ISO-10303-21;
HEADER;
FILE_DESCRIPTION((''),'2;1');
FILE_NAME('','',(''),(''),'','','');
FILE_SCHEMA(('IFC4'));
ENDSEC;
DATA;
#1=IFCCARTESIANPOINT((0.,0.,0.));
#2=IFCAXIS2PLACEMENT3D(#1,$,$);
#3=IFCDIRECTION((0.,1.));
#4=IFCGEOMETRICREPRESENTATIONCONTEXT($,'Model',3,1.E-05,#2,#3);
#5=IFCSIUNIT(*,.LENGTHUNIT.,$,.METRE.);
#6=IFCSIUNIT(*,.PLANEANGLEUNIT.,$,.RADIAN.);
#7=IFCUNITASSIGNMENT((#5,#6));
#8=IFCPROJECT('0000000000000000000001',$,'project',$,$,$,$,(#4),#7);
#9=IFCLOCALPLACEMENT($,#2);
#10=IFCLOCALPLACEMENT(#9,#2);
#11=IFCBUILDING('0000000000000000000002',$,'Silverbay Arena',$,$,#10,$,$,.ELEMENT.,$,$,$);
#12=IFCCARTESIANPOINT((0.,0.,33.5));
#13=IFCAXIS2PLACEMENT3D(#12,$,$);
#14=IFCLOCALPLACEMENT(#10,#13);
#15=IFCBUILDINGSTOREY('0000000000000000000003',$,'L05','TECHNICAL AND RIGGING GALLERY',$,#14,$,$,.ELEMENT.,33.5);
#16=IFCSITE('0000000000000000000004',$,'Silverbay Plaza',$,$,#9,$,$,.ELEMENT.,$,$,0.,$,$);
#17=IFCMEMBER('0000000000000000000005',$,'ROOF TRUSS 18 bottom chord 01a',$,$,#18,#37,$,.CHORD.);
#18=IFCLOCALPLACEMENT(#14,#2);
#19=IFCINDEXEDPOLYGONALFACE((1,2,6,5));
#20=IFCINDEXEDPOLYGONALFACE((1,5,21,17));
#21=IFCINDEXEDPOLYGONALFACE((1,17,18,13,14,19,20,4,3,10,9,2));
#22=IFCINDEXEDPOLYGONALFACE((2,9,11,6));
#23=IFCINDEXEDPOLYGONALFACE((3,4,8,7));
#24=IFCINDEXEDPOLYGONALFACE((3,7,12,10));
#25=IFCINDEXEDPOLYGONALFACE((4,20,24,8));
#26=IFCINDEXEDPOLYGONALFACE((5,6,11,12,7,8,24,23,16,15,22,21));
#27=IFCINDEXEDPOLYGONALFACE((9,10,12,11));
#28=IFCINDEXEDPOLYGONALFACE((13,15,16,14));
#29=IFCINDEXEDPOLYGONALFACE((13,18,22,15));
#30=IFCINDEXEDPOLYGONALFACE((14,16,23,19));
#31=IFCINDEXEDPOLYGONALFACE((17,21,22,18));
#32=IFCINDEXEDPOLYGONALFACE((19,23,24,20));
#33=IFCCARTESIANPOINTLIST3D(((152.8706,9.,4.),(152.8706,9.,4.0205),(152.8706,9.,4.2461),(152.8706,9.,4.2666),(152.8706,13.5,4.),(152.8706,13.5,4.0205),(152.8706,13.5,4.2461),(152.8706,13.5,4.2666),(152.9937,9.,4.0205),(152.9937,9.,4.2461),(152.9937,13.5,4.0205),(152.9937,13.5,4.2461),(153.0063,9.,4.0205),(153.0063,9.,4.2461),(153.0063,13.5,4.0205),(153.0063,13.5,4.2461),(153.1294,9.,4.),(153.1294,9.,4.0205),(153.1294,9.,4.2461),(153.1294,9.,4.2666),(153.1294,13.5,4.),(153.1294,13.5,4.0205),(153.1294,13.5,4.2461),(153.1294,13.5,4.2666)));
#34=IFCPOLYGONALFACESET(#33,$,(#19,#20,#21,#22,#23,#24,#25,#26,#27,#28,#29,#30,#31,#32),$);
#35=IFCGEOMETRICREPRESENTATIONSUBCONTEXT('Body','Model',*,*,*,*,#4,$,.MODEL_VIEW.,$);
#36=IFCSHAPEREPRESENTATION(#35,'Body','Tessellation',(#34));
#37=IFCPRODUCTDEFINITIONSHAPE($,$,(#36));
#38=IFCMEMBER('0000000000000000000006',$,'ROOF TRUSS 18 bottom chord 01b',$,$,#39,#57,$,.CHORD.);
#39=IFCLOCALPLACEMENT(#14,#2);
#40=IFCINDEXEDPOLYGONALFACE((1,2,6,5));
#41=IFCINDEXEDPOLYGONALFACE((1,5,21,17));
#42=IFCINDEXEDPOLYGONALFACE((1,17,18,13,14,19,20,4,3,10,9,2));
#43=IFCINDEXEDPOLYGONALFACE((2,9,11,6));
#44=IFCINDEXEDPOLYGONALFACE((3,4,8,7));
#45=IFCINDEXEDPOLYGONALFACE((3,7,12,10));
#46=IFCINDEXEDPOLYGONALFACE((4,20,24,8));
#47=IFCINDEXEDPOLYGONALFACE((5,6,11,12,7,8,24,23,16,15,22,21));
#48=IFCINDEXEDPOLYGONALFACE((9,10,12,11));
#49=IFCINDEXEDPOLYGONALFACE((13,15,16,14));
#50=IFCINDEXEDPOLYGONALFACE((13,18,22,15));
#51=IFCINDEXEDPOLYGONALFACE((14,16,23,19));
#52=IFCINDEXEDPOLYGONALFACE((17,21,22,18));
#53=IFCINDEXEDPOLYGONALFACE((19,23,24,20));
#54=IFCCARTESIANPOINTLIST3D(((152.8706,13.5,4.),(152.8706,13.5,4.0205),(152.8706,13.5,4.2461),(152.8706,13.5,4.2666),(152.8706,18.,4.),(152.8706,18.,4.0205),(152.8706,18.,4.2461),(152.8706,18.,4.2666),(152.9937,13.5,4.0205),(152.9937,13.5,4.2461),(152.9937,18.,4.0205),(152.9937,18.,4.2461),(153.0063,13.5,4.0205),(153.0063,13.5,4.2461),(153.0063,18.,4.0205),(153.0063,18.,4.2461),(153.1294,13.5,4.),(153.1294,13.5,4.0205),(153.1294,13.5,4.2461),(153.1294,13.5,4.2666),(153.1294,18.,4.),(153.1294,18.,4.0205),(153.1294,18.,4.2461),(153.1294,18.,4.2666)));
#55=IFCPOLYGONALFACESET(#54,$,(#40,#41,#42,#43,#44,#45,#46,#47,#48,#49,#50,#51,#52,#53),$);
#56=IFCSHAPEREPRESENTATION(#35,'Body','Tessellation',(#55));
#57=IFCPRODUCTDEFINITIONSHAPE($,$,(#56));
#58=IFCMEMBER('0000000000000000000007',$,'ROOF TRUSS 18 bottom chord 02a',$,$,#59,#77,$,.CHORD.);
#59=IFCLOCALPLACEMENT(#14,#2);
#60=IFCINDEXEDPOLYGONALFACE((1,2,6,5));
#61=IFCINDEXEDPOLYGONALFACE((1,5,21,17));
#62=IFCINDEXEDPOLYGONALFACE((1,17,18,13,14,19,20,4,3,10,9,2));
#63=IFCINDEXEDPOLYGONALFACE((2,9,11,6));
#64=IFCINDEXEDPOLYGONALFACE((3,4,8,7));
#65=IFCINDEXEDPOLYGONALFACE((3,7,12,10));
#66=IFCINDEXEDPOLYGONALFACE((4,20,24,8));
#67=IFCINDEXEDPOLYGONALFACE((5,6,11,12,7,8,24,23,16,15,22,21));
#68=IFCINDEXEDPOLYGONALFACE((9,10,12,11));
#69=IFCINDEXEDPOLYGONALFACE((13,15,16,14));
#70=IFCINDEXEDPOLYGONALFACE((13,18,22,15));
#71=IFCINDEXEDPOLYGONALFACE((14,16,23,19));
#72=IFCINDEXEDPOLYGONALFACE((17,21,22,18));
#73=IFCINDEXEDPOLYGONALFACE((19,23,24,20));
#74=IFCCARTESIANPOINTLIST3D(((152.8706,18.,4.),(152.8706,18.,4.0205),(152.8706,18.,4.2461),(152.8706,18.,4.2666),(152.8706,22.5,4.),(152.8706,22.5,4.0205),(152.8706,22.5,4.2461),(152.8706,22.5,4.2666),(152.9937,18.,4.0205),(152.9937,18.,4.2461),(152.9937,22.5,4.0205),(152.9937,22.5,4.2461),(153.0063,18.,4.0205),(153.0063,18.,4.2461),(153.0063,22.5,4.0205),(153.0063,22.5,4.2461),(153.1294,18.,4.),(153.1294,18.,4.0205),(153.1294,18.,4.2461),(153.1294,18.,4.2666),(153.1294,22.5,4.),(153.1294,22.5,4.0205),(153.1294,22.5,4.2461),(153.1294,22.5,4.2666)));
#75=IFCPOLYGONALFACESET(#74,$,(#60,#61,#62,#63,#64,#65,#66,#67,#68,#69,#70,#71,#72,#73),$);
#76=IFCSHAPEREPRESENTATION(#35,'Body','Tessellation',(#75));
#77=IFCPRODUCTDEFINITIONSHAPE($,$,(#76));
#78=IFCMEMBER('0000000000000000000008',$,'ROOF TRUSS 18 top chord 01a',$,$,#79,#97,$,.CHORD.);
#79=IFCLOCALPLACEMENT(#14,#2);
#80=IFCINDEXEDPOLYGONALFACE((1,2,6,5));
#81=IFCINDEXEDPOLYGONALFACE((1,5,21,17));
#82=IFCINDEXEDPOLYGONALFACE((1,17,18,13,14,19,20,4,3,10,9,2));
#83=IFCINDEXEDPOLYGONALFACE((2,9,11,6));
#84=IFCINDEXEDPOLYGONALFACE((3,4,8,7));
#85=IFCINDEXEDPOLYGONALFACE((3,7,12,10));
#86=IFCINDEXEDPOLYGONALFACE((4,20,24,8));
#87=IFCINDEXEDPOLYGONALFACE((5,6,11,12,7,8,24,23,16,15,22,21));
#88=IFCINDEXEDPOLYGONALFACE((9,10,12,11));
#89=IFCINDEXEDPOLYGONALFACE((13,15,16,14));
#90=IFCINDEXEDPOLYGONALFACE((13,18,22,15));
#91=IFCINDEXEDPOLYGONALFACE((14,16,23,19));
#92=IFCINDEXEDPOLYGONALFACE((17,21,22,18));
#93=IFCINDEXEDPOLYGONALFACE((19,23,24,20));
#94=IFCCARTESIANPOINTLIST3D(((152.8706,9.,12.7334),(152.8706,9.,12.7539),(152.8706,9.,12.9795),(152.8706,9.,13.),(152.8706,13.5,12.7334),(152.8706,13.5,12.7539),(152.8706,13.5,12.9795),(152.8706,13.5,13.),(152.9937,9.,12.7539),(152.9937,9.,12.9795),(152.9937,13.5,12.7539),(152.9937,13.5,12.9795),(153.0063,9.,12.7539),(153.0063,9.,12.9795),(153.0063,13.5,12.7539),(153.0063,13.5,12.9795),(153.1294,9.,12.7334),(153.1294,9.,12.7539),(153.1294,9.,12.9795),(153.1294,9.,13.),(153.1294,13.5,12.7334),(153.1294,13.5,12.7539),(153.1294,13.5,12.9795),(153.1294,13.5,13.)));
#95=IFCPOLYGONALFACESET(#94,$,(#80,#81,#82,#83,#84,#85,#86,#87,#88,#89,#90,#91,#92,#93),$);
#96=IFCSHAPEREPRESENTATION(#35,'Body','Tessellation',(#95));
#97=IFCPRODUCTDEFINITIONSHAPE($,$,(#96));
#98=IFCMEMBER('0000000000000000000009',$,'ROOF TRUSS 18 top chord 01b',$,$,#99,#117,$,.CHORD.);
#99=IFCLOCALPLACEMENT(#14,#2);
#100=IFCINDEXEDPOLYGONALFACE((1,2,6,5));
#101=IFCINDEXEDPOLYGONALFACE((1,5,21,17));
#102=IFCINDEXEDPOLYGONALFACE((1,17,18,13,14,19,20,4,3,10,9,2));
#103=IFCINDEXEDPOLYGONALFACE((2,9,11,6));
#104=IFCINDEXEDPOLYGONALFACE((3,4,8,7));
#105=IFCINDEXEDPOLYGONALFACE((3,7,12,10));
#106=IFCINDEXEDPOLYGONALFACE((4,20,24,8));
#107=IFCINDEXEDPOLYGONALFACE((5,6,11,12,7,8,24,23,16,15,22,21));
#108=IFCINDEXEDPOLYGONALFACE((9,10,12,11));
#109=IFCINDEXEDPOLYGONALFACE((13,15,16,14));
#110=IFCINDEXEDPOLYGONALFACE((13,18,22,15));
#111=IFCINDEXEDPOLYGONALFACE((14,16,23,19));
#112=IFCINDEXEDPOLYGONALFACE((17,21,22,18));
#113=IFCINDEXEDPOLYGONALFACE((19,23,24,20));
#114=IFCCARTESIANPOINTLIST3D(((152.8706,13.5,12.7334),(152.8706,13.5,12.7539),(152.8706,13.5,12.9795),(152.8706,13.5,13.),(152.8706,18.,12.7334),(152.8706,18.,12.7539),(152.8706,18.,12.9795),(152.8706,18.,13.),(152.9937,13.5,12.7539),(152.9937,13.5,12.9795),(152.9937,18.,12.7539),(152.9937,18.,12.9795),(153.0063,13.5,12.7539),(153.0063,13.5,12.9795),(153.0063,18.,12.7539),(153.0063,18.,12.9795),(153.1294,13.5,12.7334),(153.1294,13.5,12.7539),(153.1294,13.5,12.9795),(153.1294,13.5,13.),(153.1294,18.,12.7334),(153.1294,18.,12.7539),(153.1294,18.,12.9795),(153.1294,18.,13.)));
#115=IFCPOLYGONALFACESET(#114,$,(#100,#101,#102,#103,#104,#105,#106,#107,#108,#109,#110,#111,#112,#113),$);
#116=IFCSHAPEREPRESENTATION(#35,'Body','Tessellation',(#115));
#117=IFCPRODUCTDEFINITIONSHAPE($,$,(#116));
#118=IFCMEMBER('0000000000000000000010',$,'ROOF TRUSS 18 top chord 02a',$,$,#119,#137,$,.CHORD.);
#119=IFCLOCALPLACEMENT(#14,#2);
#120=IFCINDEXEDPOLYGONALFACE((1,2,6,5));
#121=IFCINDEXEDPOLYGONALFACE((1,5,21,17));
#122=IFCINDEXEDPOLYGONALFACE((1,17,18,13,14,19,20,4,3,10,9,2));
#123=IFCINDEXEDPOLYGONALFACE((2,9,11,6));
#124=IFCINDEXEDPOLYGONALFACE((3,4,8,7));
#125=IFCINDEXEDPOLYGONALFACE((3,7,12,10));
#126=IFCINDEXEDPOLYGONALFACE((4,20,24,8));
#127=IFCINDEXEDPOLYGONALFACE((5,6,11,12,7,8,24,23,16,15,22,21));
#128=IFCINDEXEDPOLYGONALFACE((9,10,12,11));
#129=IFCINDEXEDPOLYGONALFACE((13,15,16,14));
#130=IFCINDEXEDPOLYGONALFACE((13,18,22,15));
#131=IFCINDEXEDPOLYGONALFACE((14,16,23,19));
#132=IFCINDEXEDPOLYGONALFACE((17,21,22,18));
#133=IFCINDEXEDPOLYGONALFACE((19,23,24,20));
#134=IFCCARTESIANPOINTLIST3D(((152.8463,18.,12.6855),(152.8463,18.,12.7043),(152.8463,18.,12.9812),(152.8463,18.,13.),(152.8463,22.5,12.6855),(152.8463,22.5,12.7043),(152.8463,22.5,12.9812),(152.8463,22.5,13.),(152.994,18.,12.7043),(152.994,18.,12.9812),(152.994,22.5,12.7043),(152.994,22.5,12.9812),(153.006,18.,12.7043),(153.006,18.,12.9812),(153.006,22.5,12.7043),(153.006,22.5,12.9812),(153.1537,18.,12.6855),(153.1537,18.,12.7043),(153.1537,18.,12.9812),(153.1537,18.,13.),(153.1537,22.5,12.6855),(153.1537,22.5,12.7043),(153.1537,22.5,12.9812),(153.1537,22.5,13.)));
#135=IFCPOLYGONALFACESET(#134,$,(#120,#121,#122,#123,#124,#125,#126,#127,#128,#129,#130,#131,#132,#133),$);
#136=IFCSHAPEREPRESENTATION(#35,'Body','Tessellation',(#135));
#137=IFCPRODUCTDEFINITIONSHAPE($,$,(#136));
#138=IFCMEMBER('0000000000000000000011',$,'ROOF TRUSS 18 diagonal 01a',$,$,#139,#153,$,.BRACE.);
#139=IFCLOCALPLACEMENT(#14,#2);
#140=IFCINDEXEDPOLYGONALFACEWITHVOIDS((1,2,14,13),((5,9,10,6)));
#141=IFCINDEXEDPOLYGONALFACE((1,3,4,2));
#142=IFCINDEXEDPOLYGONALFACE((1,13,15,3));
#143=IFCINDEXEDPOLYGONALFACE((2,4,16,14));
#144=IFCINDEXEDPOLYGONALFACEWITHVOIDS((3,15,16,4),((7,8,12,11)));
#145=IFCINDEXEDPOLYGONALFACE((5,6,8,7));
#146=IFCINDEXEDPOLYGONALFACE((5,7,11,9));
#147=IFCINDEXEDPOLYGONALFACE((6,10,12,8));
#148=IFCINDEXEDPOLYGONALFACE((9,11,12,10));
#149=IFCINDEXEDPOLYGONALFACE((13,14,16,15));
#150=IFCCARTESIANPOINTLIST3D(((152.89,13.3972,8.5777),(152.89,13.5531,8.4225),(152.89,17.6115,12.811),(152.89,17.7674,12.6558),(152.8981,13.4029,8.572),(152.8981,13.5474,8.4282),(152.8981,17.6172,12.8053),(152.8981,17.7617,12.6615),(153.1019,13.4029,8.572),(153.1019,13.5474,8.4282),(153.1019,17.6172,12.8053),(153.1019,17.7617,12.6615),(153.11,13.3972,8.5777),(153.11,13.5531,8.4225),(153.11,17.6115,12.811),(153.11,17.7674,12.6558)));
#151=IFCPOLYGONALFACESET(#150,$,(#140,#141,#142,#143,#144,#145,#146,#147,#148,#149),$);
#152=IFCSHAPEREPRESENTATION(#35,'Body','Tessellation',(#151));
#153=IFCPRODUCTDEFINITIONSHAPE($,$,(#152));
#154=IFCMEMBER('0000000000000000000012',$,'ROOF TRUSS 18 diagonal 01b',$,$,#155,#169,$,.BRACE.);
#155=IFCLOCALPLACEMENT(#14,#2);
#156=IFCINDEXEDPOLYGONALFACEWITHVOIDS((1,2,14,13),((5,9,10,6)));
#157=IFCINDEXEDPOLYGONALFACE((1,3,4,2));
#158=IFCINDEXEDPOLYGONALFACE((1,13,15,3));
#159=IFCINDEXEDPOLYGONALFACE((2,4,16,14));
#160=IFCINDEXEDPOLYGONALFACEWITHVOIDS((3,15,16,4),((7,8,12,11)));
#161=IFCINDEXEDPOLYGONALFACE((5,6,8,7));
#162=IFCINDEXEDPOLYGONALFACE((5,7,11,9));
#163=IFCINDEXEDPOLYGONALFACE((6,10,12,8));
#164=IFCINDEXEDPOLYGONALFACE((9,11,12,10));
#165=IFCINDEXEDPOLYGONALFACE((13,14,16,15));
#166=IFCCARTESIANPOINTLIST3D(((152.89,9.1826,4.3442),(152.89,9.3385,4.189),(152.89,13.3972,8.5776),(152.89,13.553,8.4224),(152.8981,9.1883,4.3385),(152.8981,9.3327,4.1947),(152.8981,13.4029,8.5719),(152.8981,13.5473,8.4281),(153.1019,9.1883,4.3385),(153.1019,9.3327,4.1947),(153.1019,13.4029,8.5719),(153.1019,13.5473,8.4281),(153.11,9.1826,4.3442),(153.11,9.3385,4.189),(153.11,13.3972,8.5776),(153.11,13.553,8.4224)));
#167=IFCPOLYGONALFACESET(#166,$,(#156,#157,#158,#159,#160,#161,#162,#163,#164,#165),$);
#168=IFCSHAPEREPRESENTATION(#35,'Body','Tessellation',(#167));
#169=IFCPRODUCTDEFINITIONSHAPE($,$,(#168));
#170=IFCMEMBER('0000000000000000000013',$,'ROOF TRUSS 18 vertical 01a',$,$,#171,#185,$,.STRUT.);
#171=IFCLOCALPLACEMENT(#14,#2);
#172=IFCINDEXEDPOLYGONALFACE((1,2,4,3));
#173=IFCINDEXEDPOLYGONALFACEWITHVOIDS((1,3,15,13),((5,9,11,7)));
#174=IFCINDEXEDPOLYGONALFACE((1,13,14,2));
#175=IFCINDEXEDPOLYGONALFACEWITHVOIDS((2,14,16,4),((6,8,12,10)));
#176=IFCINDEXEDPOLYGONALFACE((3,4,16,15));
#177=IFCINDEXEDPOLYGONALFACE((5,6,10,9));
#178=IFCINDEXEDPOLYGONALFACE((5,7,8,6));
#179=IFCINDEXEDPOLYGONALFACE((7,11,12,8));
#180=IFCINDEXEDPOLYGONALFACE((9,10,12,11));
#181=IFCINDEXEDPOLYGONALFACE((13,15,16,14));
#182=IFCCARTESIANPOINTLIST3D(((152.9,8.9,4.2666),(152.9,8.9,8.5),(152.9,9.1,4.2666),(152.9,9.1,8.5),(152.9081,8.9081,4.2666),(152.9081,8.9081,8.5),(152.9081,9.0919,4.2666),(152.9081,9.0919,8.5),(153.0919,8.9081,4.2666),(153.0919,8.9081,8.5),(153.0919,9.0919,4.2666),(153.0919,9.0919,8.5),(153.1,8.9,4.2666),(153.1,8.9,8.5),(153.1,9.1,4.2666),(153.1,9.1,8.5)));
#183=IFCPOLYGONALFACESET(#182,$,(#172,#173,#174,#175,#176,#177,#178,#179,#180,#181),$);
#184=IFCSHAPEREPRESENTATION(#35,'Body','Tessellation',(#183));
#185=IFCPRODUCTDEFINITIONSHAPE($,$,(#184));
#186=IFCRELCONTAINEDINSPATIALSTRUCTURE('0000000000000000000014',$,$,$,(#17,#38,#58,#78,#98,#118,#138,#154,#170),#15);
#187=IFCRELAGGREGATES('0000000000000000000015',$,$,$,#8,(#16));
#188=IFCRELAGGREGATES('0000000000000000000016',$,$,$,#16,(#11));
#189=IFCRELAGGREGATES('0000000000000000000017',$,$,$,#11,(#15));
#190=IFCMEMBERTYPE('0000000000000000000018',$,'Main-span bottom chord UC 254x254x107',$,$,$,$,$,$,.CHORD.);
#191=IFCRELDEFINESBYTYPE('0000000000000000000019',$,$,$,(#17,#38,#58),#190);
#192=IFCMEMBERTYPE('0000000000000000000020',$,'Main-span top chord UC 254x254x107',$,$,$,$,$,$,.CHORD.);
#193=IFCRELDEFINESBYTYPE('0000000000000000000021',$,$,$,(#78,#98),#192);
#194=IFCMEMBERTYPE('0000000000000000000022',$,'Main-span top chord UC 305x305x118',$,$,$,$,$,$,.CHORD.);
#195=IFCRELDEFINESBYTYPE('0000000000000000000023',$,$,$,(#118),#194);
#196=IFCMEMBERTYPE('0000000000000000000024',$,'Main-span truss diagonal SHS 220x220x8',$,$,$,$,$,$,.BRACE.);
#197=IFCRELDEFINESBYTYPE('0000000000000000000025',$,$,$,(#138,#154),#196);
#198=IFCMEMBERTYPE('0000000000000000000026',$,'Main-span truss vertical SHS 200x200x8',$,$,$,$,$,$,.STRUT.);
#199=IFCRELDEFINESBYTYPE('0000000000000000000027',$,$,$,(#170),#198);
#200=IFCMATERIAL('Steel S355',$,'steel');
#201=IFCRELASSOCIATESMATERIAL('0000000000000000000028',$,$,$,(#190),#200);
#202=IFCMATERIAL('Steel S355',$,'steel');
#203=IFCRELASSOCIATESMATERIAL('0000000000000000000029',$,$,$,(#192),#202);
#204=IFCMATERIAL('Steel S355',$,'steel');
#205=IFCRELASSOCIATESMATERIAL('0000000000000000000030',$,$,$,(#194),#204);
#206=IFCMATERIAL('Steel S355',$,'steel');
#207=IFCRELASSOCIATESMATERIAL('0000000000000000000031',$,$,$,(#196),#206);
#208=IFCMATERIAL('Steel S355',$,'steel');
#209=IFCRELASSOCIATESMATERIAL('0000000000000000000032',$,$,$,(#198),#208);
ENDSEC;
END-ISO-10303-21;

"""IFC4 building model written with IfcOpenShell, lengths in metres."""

from ifc_helpers import new_model, si_unit, direction, frame, origin, origin_2d, place, context, subcontext, project, spatial, hollow_rectangle, i_section, extrude, material, material_profile, profile_set, type_object, element, save


model = new_model("IFC4")

# Units and contexts
model_context = context("Model", 3, precision=1e-05, world=origin(), true_north=direction((0.0, 1.0)))
body_context = subcontext(model_context, "Body", "Model", "MODEL_VIEW")
ifc_project = project(units=[si_unit("LENGTHUNIT", "METRE"), si_unit("PLANEANGLEUNIT", "RADIAN")], contexts=[model_context])

# Site, building, storey
site_placement = place(None, origin())
site = spatial("IfcSite", under=ifc_project, at=site_placement, Name="Silverbay Plaza", CompositionType="ELEMENT", RefElevation=0.0)
building_placement = place(site_placement, origin())
building = spatial("IfcBuilding", under=site, at=building_placement, Name="Silverbay Arena", CompositionType="ELEMENT")
storey_placement = place(building_placement, frame((0.0, 0.0, 33.5)))
storey = spatial("IfcBuildingStorey", under=building, at=storey_placement, Name="L05", Description="TECHNICAL AND RIGGING GALLERY", CompositionType="ELEMENT", Elevation=33.5)

# Members
ifc_material_1 = material(Name="Steel S355", Category="steel")
ifc_material_profile_1 = material_profile(ifc_material_1, i_section(OverallWidth=0.2588, OverallDepth=0.2666, WebThickness=0.0127, FlangeThickness=0.0205, at=origin_2d()), Name="UC 254x254x107")
ifc_profile_set_1 = profile_set([ifc_material_profile_1], Name="Steel S355")
member_type_1 = type_object("IfcMemberType", Name="Main-span bottom chord UC 254x254x107", PredefinedType="CHORD", material=ifc_profile_set_1)
for number, where, z_axis, x_axis, name in (
    (1, (153.0, 9.0, 4.1333), (0.0, 1.0, 0.0), (-1.0, 0.0, 0.0), "ROOF TRUSS 18 bottom chord 01a"),
    (2, (153.0, 13.5, 4.1333), (0.0, 1.0, 0.0), (-1.0, 0.0, 0.0), "ROOF TRUSS 18 bottom chord 01b"),
    (3, (153.0, 18.0, 4.1333), (0.0, 1.0, 0.0), (-1.0, 0.0, 0.0), "ROOF TRUSS 18 bottom chord 02a"),
):
    element("IfcMember", number, at=place(storey_placement, frame(where, z_axis=z_axis, x_axis=x_axis)), inside=storey, type_object=member_type_1, Name=name, PredefinedType="CHORD", context=body_context, shape_type="SweptSolid", body=[
        extrude(i_section(OverallWidth=0.2588, OverallDepth=0.2666, WebThickness=0.0127, FlangeThickness=0.0205, at=origin_2d()), origin(), (0.0, 0.0, 1.0), 4.5),
    ])
ifc_material_2 = material(Name="Steel S355", Category="steel")
ifc_material_profile_2 = material_profile(ifc_material_2, i_section(OverallWidth=0.2588, OverallDepth=0.2666, WebThickness=0.0127, FlangeThickness=0.0205, at=origin_2d()), Name="UC 254x254x107")
ifc_profile_set_2 = profile_set([ifc_material_profile_2], Name="Steel S355")
member_type_2 = type_object("IfcMemberType", Name="Main-span top chord UC 254x254x107", PredefinedType="CHORD", material=ifc_profile_set_2)
for number, where, z_axis, x_axis, name in (
    (4, (153.0, 9.0, 12.8667), (0.0, 1.0, 0.0), (-1.0, 0.0, 0.0), "ROOF TRUSS 18 top chord 01a"),
    (5, (153.0, 13.5, 12.8667), (0.0, 1.0, 0.0), (-1.0, 0.0, 0.0), "ROOF TRUSS 18 top chord 01b"),
):
    element("IfcMember", number, at=place(storey_placement, frame(where, z_axis=z_axis, x_axis=x_axis)), inside=storey, type_object=member_type_2, Name=name, PredefinedType="CHORD", context=body_context, shape_type="SweptSolid", body=[
        extrude(i_section(OverallWidth=0.2588, OverallDepth=0.2666, WebThickness=0.0127, FlangeThickness=0.0205, at=origin_2d()), origin(), (0.0, 0.0, 1.0), 4.5),
    ])
ifc_material_3 = material(Name="Steel S355", Category="steel")
ifc_material_profile_3 = material_profile(ifc_material_3, i_section(OverallWidth=0.3074, OverallDepth=0.3145, WebThickness=0.012, FlangeThickness=0.0188, at=origin_2d()), Name="UC 305x305x118")
ifc_profile_set_3 = profile_set([ifc_material_profile_3], Name="Steel S355")
member_type_3 = type_object("IfcMemberType", Name="Main-span top chord UC 305x305x118", PredefinedType="CHORD", material=ifc_profile_set_3)
member_1_placement = place(storey_placement, frame((153.0, 18.0, 12.8428), z_axis=(0.0, 1.0, 0.0), x_axis=(-1.0, 0.0, 0.0)))
element("IfcMember", 6, at=member_1_placement, inside=storey, type_object=member_type_3, Name="ROOF TRUSS 18 top chord 02a", PredefinedType="CHORD", context=body_context, shape_type="SweptSolid", body=[
    extrude(i_section(OverallWidth=0.3074, OverallDepth=0.3145, WebThickness=0.012, FlangeThickness=0.0188, at=origin_2d()), origin(), (0.0, 0.0, 1.0), 4.5),
])
ifc_material_4 = material(Name="Steel S355", Category="steel")
ifc_material_profile_4 = material_profile(ifc_material_4, hollow_rectangle(XDim=0.22, YDim=0.22, WallThickness=0.0081, at=origin_2d()), Name="SHS 220x220x8")
ifc_profile_set_4 = profile_set([ifc_material_profile_4], Name="Steel S355")
member_type_4 = type_object("IfcMemberType", Name="Main-span truss diagonal SHS 220x220x8", PredefinedType="BRACE", material=ifc_profile_set_4)
member_2_placement = place(storey_placement, frame((153.0, 17.6895, 12.7334), z_axis=(0.0, -0.705511, -0.708699), x_axis=(1.0, 0.0, 0.0)))
element("IfcMember", 7, at=member_2_placement, inside=storey, type_object=member_type_4, Name="ROOF TRUSS 18 diagonal 01a", PredefinedType="BRACE", context=body_context, shape_type="SweptSolid", body=[
    extrude(hollow_rectangle(XDim=0.22, YDim=0.22, WallThickness=0.0081, at=origin_2d()), origin(), (0.0, 0.0, 1.0), 5.9734),
])
member_3_placement = place(storey_placement, frame((153.0, 13.4751, 8.5), z_axis=(0.0, -0.705532, -0.708679), x_axis=(1.0, 0.0, 0.0)))
element("IfcMember", 8, at=member_3_placement, inside=storey, type_object=member_type_4, Name="ROOF TRUSS 18 diagonal 01b", PredefinedType="BRACE", context=body_context, shape_type="SweptSolid", body=[
    extrude(hollow_rectangle(XDim=0.22, YDim=0.22, WallThickness=0.0081, at=origin_2d()), origin(), (0.0, 0.0, 1.0), 5.9736),
])
ifc_material_5 = material(Name="Steel S355", Category="steel")
ifc_material_profile_5 = material_profile(ifc_material_5, hollow_rectangle(XDim=0.2, YDim=0.2, WallThickness=0.0081, at=origin_2d()), Name="SHS 200x200x8")
ifc_profile_set_5 = profile_set([ifc_material_profile_5], Name="Steel S355")
member_type_5 = type_object("IfcMemberType", Name="Main-span truss vertical SHS 200x200x8", PredefinedType="STRUT", material=ifc_profile_set_5)
for number, where, z_axis, x_axis, name in (
    (9, (153.0, 9.0, 4.2666), (0.0, 0.0, 1.0), (1.0, 0.0, 0.0), "ROOF TRUSS 18 vertical 01a"),
):
    element("IfcMember", number, at=place(storey_placement, frame(where, z_axis=z_axis, x_axis=x_axis)), inside=storey, type_object=member_type_5, Name=name, PredefinedType="STRUT", context=body_context, shape_type="SweptSolid", body=[
        extrude(hollow_rectangle(XDim=0.2, YDim=0.2, WallThickness=0.0081, at=origin_2d()), origin(), (0.0, 0.0, 1.0), 4.2334),
    ])

save(model, "model.ifc")
